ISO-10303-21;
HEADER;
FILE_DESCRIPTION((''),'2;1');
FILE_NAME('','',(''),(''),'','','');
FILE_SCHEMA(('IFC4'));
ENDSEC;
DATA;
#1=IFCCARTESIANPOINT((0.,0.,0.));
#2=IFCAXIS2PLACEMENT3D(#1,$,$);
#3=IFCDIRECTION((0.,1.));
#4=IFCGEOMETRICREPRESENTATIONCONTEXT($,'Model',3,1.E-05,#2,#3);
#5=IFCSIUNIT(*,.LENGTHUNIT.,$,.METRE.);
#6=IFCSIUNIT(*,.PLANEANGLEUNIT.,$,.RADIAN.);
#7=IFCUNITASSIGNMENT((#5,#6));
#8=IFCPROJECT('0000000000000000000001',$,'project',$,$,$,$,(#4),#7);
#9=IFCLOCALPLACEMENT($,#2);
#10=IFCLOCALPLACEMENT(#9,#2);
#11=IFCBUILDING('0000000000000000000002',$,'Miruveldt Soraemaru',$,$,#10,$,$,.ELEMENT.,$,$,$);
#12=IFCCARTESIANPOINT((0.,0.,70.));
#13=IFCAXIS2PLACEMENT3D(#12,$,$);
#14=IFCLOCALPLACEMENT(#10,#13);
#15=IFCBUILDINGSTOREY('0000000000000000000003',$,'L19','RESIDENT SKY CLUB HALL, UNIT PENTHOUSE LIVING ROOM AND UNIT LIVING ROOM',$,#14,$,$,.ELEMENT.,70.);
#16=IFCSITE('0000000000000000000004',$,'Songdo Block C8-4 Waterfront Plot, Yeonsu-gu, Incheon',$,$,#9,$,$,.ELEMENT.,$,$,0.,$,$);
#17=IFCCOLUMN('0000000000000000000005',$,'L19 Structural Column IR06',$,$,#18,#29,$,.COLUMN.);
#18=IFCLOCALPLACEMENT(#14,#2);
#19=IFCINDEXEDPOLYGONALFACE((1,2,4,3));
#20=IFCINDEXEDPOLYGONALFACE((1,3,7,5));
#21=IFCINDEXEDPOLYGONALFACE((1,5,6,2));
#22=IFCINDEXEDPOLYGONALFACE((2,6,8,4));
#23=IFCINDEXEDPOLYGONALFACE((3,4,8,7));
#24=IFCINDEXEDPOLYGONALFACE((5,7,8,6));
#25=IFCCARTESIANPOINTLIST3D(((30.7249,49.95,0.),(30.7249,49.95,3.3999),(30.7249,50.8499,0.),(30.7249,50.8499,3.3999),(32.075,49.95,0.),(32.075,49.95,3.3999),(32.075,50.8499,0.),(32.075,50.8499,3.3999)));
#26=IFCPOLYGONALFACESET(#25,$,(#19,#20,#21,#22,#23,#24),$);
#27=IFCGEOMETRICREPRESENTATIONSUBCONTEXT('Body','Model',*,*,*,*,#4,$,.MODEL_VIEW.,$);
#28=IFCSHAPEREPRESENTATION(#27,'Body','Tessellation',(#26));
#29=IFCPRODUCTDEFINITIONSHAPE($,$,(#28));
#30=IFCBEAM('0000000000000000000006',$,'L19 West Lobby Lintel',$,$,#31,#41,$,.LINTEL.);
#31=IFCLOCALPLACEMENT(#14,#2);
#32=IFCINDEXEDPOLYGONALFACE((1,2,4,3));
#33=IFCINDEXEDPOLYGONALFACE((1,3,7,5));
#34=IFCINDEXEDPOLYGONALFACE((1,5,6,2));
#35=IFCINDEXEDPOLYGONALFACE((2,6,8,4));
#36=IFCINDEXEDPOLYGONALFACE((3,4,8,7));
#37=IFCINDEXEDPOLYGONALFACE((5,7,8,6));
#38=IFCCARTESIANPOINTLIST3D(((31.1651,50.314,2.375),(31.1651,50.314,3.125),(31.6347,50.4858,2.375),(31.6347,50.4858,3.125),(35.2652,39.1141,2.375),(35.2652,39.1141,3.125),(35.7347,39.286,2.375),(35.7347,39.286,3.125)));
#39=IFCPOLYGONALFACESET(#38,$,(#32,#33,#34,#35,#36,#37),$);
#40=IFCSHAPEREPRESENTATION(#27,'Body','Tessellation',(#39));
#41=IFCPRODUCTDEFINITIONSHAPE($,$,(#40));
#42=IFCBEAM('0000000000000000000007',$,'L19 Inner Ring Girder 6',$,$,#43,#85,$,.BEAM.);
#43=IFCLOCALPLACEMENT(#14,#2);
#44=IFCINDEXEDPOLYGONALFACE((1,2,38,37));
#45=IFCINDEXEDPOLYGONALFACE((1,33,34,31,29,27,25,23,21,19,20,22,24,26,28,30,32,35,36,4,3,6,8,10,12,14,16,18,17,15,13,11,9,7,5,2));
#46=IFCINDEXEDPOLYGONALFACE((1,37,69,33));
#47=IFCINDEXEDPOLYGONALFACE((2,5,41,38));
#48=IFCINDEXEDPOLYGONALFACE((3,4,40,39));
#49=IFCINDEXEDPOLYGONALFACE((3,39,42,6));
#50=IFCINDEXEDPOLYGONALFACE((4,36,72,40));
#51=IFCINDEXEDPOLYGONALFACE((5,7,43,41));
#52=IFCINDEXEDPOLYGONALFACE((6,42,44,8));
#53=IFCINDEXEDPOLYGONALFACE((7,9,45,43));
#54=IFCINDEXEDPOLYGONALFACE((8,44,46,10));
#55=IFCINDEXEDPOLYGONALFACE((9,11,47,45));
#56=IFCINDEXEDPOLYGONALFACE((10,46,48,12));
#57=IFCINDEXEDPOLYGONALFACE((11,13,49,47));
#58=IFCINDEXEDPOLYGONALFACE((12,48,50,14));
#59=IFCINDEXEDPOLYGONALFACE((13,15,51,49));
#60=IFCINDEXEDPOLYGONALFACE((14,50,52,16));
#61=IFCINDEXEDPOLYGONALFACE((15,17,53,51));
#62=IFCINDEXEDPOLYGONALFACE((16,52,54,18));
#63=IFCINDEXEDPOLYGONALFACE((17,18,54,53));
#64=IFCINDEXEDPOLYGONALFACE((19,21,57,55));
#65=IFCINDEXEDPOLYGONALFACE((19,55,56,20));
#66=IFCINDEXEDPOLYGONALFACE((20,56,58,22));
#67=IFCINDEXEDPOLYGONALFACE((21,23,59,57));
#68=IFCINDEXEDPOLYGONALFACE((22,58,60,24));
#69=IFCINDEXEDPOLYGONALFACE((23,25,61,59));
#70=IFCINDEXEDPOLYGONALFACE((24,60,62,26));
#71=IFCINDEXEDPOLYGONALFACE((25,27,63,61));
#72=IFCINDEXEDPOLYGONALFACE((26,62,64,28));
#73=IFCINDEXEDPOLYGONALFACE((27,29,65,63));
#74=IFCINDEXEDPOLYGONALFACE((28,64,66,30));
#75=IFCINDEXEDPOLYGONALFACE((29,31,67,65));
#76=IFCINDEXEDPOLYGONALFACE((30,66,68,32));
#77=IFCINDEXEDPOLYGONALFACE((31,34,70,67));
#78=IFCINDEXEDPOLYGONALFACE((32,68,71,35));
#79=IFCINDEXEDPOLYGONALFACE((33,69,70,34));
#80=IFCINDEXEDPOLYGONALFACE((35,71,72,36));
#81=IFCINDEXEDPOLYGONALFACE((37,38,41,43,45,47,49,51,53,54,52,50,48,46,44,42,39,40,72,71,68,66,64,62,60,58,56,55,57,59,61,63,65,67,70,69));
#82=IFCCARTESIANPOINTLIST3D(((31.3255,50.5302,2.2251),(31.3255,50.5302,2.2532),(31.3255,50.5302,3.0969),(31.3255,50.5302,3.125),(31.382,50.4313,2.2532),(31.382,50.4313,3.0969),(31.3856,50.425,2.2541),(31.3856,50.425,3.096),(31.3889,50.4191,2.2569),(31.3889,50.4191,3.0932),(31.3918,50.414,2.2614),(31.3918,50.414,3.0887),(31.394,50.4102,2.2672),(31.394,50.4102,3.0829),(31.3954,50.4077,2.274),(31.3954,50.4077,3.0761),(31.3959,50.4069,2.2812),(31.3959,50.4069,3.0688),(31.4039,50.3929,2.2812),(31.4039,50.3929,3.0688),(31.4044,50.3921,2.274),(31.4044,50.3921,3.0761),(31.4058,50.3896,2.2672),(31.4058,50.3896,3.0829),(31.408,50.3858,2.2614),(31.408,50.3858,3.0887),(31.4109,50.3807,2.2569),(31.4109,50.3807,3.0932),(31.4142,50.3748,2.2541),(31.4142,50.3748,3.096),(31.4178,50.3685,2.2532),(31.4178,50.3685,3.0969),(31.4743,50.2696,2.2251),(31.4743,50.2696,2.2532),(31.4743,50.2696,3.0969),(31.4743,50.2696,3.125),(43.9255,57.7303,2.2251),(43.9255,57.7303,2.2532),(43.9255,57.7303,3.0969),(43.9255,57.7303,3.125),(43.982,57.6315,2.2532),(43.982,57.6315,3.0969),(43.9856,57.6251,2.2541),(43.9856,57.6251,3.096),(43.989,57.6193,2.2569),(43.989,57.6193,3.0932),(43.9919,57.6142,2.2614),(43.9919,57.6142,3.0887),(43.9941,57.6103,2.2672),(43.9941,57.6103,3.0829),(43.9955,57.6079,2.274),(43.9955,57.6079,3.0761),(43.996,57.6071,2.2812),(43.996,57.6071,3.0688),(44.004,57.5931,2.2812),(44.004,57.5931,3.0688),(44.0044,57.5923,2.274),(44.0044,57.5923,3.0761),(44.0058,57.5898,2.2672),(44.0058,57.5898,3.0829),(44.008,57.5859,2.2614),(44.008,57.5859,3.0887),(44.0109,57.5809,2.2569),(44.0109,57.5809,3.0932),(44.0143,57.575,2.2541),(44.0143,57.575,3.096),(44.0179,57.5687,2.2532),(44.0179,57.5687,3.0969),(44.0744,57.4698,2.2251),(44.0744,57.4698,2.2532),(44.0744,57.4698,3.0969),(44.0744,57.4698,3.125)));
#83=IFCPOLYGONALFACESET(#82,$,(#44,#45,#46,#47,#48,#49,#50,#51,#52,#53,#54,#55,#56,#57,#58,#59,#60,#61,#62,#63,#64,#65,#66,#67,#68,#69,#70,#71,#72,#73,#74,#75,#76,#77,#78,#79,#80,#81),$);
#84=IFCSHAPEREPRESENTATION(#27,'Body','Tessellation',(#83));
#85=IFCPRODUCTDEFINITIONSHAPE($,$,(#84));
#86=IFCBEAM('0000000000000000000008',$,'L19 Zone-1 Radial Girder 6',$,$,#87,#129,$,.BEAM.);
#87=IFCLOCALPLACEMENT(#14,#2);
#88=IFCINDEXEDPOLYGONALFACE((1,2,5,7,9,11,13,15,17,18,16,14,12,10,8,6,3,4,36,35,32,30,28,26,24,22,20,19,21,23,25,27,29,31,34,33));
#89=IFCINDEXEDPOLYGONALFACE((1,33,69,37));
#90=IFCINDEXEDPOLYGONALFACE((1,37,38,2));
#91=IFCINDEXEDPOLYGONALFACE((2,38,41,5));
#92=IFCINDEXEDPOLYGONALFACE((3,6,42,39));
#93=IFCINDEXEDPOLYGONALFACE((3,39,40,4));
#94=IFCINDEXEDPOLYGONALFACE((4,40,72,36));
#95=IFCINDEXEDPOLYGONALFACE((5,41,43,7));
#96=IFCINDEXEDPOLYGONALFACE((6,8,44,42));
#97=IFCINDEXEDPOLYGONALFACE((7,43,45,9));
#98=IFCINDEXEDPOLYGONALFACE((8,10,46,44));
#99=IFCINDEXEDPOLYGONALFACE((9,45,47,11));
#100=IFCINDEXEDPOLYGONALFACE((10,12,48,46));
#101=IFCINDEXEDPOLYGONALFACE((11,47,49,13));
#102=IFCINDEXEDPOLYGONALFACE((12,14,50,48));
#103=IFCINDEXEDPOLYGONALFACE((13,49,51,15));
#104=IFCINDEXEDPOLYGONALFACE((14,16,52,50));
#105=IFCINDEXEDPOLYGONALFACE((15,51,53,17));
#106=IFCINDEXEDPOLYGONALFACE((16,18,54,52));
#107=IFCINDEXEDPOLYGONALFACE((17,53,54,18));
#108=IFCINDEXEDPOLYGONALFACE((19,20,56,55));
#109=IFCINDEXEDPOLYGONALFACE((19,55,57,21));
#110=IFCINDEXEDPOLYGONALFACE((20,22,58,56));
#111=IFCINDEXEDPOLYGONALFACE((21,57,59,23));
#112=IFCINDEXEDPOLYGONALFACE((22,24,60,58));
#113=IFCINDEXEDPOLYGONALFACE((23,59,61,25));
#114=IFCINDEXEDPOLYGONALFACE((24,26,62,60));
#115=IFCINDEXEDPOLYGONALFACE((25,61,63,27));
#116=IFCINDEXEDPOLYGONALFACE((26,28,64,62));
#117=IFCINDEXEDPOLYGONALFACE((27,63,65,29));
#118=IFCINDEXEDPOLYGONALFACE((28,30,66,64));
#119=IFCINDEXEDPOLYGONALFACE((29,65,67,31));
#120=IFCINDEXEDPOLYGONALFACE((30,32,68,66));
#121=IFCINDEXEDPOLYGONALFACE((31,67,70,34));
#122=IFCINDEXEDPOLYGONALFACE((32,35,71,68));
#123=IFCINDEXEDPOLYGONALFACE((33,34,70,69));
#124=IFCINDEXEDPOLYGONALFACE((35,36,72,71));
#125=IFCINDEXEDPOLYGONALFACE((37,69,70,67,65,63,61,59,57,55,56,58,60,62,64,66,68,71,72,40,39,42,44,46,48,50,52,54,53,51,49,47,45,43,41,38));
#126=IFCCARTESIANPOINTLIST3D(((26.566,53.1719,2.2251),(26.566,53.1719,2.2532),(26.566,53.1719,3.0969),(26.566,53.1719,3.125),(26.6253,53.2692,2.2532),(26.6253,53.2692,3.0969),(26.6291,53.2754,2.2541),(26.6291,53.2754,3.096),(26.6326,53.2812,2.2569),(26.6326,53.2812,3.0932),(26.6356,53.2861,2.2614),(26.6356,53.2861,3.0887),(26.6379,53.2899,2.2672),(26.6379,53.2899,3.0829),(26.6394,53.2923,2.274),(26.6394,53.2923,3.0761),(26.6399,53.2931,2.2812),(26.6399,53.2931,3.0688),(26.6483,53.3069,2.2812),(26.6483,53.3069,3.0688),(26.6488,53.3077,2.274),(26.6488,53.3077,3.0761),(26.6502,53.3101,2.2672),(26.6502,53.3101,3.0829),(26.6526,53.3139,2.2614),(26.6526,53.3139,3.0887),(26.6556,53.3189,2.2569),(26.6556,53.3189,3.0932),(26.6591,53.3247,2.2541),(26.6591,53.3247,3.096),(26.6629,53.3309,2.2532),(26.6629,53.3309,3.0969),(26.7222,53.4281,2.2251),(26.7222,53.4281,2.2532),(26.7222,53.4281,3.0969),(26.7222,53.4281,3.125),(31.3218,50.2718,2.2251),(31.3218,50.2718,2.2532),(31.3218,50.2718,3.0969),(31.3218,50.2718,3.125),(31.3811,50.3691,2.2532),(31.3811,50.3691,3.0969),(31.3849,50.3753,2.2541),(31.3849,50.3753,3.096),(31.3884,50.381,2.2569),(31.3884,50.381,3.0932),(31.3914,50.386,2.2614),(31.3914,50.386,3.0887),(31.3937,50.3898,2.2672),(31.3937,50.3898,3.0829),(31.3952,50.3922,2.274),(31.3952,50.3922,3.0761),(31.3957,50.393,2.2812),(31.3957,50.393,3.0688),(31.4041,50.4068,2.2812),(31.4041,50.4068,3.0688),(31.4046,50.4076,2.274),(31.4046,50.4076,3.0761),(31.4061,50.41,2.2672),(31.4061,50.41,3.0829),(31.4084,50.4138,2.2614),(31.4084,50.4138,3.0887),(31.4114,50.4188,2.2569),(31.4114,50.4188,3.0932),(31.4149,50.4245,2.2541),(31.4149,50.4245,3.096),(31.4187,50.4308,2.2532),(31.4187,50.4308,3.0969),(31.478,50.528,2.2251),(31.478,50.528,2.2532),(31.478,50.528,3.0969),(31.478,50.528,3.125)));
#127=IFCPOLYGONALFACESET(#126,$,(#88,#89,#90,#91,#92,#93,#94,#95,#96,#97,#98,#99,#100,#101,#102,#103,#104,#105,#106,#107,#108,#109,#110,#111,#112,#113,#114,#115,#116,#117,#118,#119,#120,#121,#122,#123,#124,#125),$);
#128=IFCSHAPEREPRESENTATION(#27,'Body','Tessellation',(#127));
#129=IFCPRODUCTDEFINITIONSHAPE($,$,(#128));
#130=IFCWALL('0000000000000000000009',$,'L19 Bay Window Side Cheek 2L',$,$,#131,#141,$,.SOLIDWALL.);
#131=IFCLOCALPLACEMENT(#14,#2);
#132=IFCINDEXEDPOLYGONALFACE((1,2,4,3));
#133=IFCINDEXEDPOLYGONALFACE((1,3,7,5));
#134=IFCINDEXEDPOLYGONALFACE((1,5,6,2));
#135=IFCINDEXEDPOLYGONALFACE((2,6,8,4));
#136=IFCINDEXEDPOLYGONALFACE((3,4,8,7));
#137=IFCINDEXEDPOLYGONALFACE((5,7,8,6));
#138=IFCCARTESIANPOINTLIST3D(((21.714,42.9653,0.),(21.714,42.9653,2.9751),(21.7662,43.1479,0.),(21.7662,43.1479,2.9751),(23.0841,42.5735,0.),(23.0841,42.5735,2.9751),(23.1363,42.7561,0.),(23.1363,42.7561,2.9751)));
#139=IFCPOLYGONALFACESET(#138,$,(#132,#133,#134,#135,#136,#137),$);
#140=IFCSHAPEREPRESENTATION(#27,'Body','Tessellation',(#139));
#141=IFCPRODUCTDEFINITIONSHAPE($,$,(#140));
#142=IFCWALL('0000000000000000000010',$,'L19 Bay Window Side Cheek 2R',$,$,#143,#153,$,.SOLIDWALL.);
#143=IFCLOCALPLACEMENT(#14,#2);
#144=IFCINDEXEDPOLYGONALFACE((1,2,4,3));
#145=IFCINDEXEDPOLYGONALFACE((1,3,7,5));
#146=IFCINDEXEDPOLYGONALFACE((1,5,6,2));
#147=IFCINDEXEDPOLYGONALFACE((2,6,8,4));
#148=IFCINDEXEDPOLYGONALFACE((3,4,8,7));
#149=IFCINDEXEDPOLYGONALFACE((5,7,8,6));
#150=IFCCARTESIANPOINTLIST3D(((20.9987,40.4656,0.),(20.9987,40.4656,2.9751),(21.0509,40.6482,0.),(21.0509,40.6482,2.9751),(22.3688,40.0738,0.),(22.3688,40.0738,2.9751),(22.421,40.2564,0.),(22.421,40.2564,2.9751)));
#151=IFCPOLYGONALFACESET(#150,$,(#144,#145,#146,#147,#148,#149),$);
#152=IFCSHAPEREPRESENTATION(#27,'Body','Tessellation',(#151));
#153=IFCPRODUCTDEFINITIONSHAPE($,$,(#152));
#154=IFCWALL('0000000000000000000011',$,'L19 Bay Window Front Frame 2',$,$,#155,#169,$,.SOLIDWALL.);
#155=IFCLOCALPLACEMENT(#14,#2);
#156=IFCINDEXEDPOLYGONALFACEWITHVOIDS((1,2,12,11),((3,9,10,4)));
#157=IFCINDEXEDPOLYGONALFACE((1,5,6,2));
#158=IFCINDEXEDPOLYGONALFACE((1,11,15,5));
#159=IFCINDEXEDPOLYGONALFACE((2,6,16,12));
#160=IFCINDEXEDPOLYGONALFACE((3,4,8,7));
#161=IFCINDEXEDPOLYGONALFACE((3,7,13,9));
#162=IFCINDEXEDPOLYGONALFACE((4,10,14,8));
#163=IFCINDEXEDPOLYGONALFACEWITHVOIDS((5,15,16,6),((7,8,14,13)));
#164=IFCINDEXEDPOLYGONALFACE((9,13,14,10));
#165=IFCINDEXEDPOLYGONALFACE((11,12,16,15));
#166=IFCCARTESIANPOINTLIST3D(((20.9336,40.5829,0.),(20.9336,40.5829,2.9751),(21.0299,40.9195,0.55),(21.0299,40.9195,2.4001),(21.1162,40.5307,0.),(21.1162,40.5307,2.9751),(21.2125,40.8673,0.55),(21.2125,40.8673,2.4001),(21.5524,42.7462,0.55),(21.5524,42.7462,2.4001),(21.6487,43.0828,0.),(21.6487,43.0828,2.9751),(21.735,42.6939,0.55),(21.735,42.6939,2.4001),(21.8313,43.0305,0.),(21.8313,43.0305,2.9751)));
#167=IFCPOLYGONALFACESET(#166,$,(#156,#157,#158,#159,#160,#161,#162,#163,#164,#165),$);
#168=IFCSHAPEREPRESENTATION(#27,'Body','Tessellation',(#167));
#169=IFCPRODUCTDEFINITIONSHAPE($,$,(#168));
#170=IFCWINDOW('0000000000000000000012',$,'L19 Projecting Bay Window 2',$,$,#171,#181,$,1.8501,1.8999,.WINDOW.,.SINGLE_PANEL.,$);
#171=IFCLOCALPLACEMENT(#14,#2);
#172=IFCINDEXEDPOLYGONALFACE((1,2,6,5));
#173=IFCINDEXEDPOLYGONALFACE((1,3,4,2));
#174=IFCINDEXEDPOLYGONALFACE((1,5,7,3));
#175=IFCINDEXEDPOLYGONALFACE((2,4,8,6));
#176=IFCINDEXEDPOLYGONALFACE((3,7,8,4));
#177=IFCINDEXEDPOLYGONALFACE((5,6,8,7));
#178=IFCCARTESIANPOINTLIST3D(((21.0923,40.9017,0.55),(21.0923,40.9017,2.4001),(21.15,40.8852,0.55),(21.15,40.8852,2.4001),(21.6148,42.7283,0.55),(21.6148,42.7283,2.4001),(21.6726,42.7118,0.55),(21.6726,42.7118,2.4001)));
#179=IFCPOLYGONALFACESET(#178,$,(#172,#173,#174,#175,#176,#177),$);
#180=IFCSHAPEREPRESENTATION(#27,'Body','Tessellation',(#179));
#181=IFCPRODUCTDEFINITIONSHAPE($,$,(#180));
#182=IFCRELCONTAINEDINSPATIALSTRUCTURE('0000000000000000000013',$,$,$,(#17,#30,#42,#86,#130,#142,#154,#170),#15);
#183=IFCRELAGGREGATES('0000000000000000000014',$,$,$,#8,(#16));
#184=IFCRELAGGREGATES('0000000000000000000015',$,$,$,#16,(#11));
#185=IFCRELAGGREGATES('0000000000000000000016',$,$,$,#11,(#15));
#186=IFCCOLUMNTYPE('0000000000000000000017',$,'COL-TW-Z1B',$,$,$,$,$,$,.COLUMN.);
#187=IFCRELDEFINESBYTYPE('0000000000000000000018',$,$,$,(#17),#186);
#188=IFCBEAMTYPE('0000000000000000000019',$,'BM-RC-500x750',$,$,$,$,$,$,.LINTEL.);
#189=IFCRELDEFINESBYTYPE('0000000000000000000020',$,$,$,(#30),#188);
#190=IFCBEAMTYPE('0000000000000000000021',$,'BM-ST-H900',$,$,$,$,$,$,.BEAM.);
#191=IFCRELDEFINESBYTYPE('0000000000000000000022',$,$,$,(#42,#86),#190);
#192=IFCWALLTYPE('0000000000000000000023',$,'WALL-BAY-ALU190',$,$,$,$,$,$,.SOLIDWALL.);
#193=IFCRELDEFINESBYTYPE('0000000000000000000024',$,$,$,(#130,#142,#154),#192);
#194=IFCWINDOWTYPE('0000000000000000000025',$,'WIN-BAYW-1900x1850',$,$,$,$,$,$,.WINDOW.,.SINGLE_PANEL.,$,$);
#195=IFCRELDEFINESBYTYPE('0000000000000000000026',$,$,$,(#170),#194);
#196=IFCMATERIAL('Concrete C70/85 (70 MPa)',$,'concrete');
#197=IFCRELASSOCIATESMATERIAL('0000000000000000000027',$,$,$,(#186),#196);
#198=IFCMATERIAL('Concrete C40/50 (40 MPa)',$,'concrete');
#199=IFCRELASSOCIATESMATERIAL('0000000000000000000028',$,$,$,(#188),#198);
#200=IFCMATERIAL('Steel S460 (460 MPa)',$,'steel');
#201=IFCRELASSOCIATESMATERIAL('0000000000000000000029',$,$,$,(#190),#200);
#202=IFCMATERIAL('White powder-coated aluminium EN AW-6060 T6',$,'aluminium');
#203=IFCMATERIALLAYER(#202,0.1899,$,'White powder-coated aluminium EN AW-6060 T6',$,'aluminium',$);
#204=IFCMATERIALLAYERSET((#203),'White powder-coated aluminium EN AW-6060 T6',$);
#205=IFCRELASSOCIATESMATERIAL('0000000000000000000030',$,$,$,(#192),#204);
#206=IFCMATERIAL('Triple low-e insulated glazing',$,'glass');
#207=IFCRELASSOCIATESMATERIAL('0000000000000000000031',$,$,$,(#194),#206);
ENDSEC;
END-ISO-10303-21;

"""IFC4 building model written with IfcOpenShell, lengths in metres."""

from ifc_helpers import new_model, si_unit, direction, frame, frame_2d, origin, origin_2d, place, context, subcontext, project, spatial, rectangle, i_section, extrude, material, layer, layer_set, material_profile, profile_set, type_object, element, fill, save


model = new_model("IFC4")

# Units and contexts
model_context = context("Model", 3, precision=1e-05, world=origin(), true_north=direction((0.0, 1.0)))
body_context = subcontext(model_context, "Body", "Model", "MODEL_VIEW")
ifc_project = project(units=[si_unit("LENGTHUNIT", "METRE"), si_unit("PLANEANGLEUNIT", "RADIAN")], contexts=[model_context])

# Site, building, storey
site_placement = place(None, origin())
site = spatial("IfcSite", under=ifc_project, at=site_placement, Name="Songdo Block C8-4 Waterfront Plot, Yeonsu-gu, Incheon", CompositionType="ELEMENT", RefElevation=0.0)
building_placement = place(site_placement, origin())
building = spatial("IfcBuilding", under=site, at=building_placement, Name="Miruveldt Soraemaru", CompositionType="ELEMENT")
storey_placement = place(building_placement, frame((0.0, 0.0, 70.0)))
storey = spatial("IfcBuildingStorey", under=building, at=storey_placement, Name="L19", Description="RESIDENT SKY CLUB HALL, UNIT PENTHOUSE LIVING ROOM AND UNIT LIVING ROOM", CompositionType="ELEMENT", Elevation=70.0)

# Column
ifc_material_1 = material(Name="Concrete C70/85 (70 MPa)", Category="concrete")
ifc_material_profile_1 = material_profile(ifc_material_1, rectangle(XDim=1.3501, YDim=0.8999, at=origin_2d()), Name="Concrete C70/85 (70 MPa)", Category="concrete")
ifc_profile_set_1 = profile_set([ifc_material_profile_1], Name="Concrete C70/85 (70 MPa)")
column_type = type_object("IfcColumnType", Name="COL-TW-Z1B", PredefinedType="COLUMN", material=ifc_profile_set_1)
column_placement = place(storey_placement, frame((31.3999, 50.3999, 0.0), z_axis=(0.0, 0.0, 1.0), x_axis=(1.0, 0.0, 0.0)))
element("IfcColumn", 1, at=column_placement, inside=storey, type_object=column_type, Name="L19 Structural Column IR06", PredefinedType="COLUMN", context=body_context, shape_type="SweptSolid", body=[
    extrude(rectangle(XDim=1.3501, YDim=0.8999, at=origin_2d()), origin(), (0.0, 0.0, 1.0), 3.3999),
])

# Beams
ifc_material_2 = material(Name="Concrete C40/50 (40 MPa)", Category="concrete")
ifc_material_profile_2 = material_profile(ifc_material_2, rectangle(XDim=0.5, YDim=0.75, at=origin_2d()), Name="Concrete C40/50 (40 MPa)", Category="concrete")
ifc_profile_set_2 = profile_set([ifc_material_profile_2], Name="Concrete C40/50 (40 MPa)")
beam_type_1 = type_object("IfcBeamType", Name="BM-RC-500x750", PredefinedType="LINTEL", material=ifc_profile_set_2)
beam_1_placement = place(storey_placement, frame((31.3999, 50.3999, 2.75), z_axis=(0.34377, -0.939054, 0.0), x_axis=(0.939054, 0.34377, 0.0)))
element("IfcBeam", 2, at=beam_1_placement, inside=storey, type_object=beam_type_1, Name="L19 West Lobby Lintel", PredefinedType="LINTEL", context=body_context, shape_type="SweptSolid", body=[
    extrude(rectangle(XDim=0.5, YDim=0.75, at=origin_2d()), origin(), (0.0, 0.0, 1.0), 11.9268),
])
ifc_material_3 = material(Name="Steel S460 (460 MPa)", Category="steel")
ifc_material_profile_3 = material_profile(ifc_material_3, i_section(OverallWidth=0.3, OverallDepth=0.8999, WebThickness=0.0161, FlangeThickness=0.0281, FilletRadius=0.0281, at=origin_2d()), Name="Steel S460 (460 MPa)", Category="steel")
ifc_profile_set_3 = profile_set([ifc_material_profile_3], Name="Steel S460 (460 MPa)")
beam_type_2 = type_object("IfcBeamType", Name="BM-ST-H900", PredefinedType="BEAM", material=ifc_profile_set_3)
beam_2_placement = place(storey_placement, frame((31.3999, 50.3999, 2.675), z_axis=(0.868239, 0.496146, 0.0), x_axis=(-0.496146, 0.868239, 0.0)))
element("IfcBeam", 3, at=beam_2_placement, inside=storey, type_object=beam_type_2, Name="L19 Inner Ring Girder 6", PredefinedType="BEAM", context=body_context, shape_type="SweptSolid", body=[
    extrude(i_section(OverallWidth=0.3, OverallDepth=0.8999, WebThickness=0.0161, FlangeThickness=0.0281, FilletRadius=0.0281, at=origin_2d()), origin(), (0.0, 0.0, 1.0), 14.5122),
])
beam_3_placement = place(storey_placement, frame((31.3999, 50.3999, 2.675), z_axis=(-0.853778, 0.520638, 0.0), x_axis=(-0.520638, -0.853778, 0.0)))
element("IfcBeam", 4, at=beam_3_placement, inside=storey, type_object=beam_type_2, Name="L19 Zone-1 Radial Girder 6", PredefinedType="BEAM", context=body_context, shape_type="SweptSolid", body=[
    extrude(i_section(OverallWidth=0.3, OverallDepth=0.8999, WebThickness=0.0161, FlangeThickness=0.0281, FilletRadius=0.0281, at=origin_2d()), origin(), (0.0, 0.0, 1.0), 5.5703),
])

# Walls
ifc_material_4 = material(Name="White powder-coated aluminium EN AW-6060 T6", Category="aluminium")
ifc_layer_1 = layer(ifc_material_4, 0.1899, Name="White powder-coated aluminium EN AW-6060 T6", Category="aluminium")
ifc_layer_set_1 = layer_set([ifc_layer_1], Name="White powder-coated aluminium EN AW-6060 T6")
wall_type_1 = type_object("IfcWallType", Name="WALL-BAY-ALU190", PredefinedType="SOLIDWALL", material=ifc_layer_set_1)
for number, where, z_axis, x_axis, name in (
    (5, (23.1101, 42.6648, 0.0), (0.0, 0.0, 1.0), (-0.961453, 0.27497, 0.0), "L19 Bay Window Side Cheek 2L"),
    (6, (21.0249, 40.5569, 0.0), (0.0, 0.0, 1.0), (0.961453, -0.27497, 0.0), "L19 Bay Window Side Cheek 2R"),
):
    element("IfcWall", number, at=place(storey_placement, frame(where, z_axis=z_axis, x_axis=x_axis)), inside=storey, type_object=wall_type_1, Name=name, PredefinedType="SOLIDWALL", context=body_context, shape_type="SweptSolid", body=[
        extrude(rectangle(XDim=1.425, YDim=0.1899, at=frame_2d((0.7124, 0.0))), origin(), (0.0, 0.0, 1.0), 2.9751),
    ])

# Wall, opening, window
wall_1_placement = place(storey_placement, frame((21.74, 43.0566, 0.0), z_axis=(0.0, 0.0, 1.0), x_axis=(-0.275031, -0.961435, 0.0)))
wall_1 = element("IfcWall", 7, at=wall_1_placement, inside=storey, type_object=wall_type_1, Name="L19 Bay Window Front Frame 2", PredefinedType="SOLIDWALL", context=body_context, shape_type="SweptSolid", body=[
    extrude(rectangle(XDim=2.6001, YDim=0.1899, at=frame_2d((1.3, 0.0))), origin(), (0.0, 0.0, 1.0), 2.9751),
])
opening_1_placement = place(wall_1_placement, frame((0.3501, 0.0, 0.55)))
opening_1 = element("IfcOpeningElement", 8, at=opening_1_placement, cuts=wall_1, PredefinedType="OPENING", context=body_context, shape_type="SweptSolid", body=[
    extrude(rectangle(XDim=1.8999, YDim=1.8501, at=frame_2d((0.95, 0.925))), frame((0.0, 0.105, 0.0), z_axis=(0.0, -1.0, 0.0), x_axis=(1.0, 0.0, 0.0)), (0.0, 0.0, 1.0), 0.21),
])
ifc_material_5 = material(Name="Triple low-e insulated glazing", Category="glass")
window_type_1 = type_object("IfcWindowType", Name="WIN-BAYW-1900x1850", PartitioningType="SINGLE_PANEL", PredefinedType="WINDOW", material=ifc_material_5)
window_1_placement = place(opening_1_placement, origin())
window_1 = element("IfcWindow", 9, at=window_1_placement, inside=storey, type_object=window_type_1, Name="L19 Projecting Bay Window 2", OverallHeight=1.8501, OverallWidth=1.8999, PartitioningType="SINGLE_PANEL", PredefinedType="WINDOW", context=body_context, shape_type="SweptSolid", body=[
    extrude(rectangle(XDim=1.8999, YDim=1.8501, at=frame_2d((0.95, 0.925))), frame((0.0, 0.03, 0.0), z_axis=(0.0, -1.0, 0.0), x_axis=(1.0, 0.0, 0.0)), (0.0, 0.0, 1.0), 0.0601),
])
fill(opening_1, window_1)

save(model, "model.ifc")
